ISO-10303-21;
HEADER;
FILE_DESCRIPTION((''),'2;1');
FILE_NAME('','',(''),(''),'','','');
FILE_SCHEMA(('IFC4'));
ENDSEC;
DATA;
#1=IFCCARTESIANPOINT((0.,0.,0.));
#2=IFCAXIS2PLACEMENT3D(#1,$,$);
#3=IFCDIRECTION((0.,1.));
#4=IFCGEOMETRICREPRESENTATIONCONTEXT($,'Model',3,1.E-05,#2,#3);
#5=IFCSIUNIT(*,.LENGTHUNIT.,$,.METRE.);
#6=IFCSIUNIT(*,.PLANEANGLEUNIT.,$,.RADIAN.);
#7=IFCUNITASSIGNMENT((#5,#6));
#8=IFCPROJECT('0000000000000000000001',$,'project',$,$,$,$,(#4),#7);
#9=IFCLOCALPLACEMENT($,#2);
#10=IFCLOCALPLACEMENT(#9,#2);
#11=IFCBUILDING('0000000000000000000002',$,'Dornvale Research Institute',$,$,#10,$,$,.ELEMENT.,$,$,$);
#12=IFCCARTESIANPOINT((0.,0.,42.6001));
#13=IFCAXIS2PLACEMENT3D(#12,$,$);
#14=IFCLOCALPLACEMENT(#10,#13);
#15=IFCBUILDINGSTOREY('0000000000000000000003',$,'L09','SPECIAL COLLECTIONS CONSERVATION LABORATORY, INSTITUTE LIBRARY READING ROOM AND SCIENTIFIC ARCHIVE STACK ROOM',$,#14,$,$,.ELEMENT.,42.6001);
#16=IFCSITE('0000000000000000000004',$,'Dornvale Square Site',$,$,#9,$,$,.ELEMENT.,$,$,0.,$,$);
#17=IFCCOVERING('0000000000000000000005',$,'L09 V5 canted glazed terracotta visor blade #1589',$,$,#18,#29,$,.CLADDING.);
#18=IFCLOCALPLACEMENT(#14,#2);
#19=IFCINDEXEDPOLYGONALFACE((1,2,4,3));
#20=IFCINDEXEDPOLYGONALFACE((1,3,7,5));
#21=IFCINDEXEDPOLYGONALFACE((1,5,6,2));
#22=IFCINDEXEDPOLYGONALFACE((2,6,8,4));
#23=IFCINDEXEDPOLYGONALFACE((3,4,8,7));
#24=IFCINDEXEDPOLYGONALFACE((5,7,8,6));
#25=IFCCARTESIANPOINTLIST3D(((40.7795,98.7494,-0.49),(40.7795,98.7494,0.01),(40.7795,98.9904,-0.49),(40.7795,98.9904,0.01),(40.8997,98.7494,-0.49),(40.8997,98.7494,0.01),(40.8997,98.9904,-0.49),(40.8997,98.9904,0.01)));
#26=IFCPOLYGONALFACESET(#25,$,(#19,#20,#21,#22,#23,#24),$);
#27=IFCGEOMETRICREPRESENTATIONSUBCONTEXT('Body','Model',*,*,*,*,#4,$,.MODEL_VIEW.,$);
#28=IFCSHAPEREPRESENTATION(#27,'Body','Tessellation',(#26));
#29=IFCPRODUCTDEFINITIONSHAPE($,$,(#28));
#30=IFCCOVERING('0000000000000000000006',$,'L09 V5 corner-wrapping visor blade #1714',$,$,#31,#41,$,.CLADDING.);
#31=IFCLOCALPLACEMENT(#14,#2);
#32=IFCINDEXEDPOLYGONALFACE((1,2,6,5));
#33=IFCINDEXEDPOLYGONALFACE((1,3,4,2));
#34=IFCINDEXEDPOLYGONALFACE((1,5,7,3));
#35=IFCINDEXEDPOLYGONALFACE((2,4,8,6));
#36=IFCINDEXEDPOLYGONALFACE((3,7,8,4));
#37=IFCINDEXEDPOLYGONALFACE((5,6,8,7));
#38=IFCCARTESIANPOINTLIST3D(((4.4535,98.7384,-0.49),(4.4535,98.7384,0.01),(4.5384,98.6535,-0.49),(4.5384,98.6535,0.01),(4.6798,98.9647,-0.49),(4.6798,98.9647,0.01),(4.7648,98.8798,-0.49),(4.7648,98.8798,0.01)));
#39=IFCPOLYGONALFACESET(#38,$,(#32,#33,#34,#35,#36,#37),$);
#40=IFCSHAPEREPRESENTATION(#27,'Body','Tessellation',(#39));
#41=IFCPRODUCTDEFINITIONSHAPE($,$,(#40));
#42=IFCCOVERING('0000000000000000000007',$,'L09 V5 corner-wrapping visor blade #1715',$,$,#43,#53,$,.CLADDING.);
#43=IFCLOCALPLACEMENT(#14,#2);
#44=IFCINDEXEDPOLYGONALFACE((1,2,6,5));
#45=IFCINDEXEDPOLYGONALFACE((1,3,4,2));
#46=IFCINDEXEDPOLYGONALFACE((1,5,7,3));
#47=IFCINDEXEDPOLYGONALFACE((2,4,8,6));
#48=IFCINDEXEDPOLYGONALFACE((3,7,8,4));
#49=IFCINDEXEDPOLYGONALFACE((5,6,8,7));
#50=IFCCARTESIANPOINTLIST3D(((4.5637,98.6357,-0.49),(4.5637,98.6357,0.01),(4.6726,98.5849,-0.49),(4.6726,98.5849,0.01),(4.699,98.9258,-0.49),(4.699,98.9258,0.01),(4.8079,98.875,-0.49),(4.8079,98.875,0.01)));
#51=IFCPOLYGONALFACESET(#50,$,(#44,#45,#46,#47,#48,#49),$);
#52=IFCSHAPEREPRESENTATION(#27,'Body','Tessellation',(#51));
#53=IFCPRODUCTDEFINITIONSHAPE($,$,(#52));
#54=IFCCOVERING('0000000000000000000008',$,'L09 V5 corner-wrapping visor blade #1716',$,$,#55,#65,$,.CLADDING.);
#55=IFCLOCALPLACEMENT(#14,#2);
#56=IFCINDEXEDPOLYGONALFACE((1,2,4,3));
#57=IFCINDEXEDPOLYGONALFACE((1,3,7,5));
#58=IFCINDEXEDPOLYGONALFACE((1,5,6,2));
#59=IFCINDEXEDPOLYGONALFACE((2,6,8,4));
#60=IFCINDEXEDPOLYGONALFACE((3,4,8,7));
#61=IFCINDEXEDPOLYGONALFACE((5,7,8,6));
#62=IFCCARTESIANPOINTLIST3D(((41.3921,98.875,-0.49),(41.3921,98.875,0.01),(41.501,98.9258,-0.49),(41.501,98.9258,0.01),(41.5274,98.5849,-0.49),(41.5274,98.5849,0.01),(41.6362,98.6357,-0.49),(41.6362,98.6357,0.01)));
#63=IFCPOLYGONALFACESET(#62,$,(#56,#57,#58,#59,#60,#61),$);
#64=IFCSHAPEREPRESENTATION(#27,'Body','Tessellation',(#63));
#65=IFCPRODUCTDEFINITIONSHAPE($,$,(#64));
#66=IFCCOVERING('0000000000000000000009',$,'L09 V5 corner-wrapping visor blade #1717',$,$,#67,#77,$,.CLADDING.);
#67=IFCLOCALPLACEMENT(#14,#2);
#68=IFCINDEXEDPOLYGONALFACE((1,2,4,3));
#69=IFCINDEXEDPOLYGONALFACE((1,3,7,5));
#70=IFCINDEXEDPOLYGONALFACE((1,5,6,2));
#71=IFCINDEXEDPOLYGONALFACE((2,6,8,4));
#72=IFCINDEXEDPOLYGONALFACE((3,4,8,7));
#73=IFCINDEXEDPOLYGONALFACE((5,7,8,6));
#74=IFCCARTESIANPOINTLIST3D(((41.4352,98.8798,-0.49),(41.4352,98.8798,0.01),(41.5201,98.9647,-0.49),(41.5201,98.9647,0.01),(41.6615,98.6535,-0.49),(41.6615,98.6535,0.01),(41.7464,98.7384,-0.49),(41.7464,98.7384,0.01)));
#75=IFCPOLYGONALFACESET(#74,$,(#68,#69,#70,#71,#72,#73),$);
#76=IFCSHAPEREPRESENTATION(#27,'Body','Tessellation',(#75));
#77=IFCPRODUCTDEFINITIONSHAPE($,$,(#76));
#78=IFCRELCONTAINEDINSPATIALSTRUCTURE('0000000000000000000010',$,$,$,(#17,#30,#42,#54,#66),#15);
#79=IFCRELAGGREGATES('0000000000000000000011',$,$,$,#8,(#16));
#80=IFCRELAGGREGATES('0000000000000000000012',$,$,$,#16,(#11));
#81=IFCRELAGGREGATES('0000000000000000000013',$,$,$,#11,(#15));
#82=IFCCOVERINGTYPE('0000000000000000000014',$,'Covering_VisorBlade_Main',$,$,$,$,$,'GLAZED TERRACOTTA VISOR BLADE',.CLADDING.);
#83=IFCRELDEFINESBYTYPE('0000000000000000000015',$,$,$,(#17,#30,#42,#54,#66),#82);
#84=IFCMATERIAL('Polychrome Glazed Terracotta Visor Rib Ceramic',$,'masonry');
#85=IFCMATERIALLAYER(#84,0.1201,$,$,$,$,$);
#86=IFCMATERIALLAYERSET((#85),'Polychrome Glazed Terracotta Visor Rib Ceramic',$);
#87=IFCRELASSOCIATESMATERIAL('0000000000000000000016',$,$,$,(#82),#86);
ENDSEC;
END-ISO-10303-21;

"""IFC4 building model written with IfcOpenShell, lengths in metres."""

from ifc_helpers import new_model, si_unit, direction, frame, origin, origin_2d, place, context, subcontext, project, spatial, rectangle, extrude, material, layer, layer_set, type_object, element, save


model = new_model("IFC4")

# Units and contexts
model_context = context("Model", 3, precision=1e-05, world=origin(), true_north=direction((0.0, 1.0)))
body_context = subcontext(model_context, "Body", "Model", "MODEL_VIEW")
ifc_project = project(units=[si_unit("LENGTHUNIT", "METRE"), si_unit("PLANEANGLEUNIT", "RADIAN")], contexts=[model_context])

# Site, building, storey
site_placement = place(None, origin())
site = spatial("IfcSite", under=ifc_project, at=site_placement, Name="Dornvale Square Site", CompositionType="ELEMENT", RefElevation=0.0)
building_placement = place(site_placement, origin())
building = spatial("IfcBuilding", under=site, at=building_placement, Name="Dornvale Research Institute", CompositionType="ELEMENT")
storey_placement = place(building_placement, frame((0.0, 0.0, 42.6001)))
storey = spatial("IfcBuildingStorey", under=building, at=storey_placement, Name="L09", Description="SPECIAL COLLECTIONS CONSERVATION LABORATORY, INSTITUTE LIBRARY READING ROOM AND SCIENTIFIC ARCHIVE STACK ROOM", CompositionType="ELEMENT", Elevation=42.6001)

# Coverings
ifc_material = material(Name="Polychrome Glazed Terracotta Visor Rib Ceramic", Category="masonry")
ifc_layer = layer(ifc_material, 0.1201)
ifc_layer_set = layer_set([ifc_layer], Name="Polychrome Glazed Terracotta Visor Rib Ceramic")
covering_type = type_object("IfcCoveringType", Name="Covering_VisorBlade_Main", ElementType="GLAZED TERRACOTTA VISOR BLADE", PredefinedType="CLADDING", material=ifc_layer_set)
covering_1_placement = place(storey_placement, frame((40.8396, 98.8699, -0.49), z_axis=(0.0, 0.0, 1.0), x_axis=(0.0, 1.0, 0.0)))
element("IfcCovering", 1, at=covering_1_placement, inside=storey, type_object=covering_type, Name="L09 V5 canted glazed terracotta visor blade #1589", PredefinedType="CLADDING", context=body_context, shape_type="SweptSolid", body=[
    extrude(rectangle(XDim=0.241, YDim=0.1201, at=origin_2d()), origin(), (0.0, 0.0, 1.0), 0.5),
])
for number, where, z_axis, x_axis, name in (
    (2, (4.6091, 98.8091, -0.49), (0.0, 0.0, 1.0), (-0.707107, -0.707107, 0.0), "L09 V5 corner-wrapping visor blade #1714"),
    (3, (4.6858, 98.7554, -0.49), (0.0, 0.0, 1.0), (-0.422618, -0.906308, 0.0), "L09 V5 corner-wrapping visor blade #1715"),
    (4, (41.5142, 98.7554, -0.49), (0.0, 0.0, 1.0), (0.422618, -0.906308, 0.0), "L09 V5 corner-wrapping visor blade #1716"),
    (5, (41.5908, 98.8091, -0.49), (0.0, 0.0, 1.0), (0.707107, -0.707107, 0.0), "L09 V5 corner-wrapping visor blade #1717"),
):
    element("IfcCovering", number, at=place(storey_placement, frame(where, z_axis=z_axis, x_axis=x_axis)), inside=storey, type_object=covering_type, Name=name, PredefinedType="CLADDING", context=body_context, shape_type="SweptSolid", body=[
        extrude(rectangle(XDim=0.3201, YDim=0.1201, at=origin_2d()), origin(), (0.0, 0.0, 1.0), 0.5),
    ])

save(model, "model.ifc")
